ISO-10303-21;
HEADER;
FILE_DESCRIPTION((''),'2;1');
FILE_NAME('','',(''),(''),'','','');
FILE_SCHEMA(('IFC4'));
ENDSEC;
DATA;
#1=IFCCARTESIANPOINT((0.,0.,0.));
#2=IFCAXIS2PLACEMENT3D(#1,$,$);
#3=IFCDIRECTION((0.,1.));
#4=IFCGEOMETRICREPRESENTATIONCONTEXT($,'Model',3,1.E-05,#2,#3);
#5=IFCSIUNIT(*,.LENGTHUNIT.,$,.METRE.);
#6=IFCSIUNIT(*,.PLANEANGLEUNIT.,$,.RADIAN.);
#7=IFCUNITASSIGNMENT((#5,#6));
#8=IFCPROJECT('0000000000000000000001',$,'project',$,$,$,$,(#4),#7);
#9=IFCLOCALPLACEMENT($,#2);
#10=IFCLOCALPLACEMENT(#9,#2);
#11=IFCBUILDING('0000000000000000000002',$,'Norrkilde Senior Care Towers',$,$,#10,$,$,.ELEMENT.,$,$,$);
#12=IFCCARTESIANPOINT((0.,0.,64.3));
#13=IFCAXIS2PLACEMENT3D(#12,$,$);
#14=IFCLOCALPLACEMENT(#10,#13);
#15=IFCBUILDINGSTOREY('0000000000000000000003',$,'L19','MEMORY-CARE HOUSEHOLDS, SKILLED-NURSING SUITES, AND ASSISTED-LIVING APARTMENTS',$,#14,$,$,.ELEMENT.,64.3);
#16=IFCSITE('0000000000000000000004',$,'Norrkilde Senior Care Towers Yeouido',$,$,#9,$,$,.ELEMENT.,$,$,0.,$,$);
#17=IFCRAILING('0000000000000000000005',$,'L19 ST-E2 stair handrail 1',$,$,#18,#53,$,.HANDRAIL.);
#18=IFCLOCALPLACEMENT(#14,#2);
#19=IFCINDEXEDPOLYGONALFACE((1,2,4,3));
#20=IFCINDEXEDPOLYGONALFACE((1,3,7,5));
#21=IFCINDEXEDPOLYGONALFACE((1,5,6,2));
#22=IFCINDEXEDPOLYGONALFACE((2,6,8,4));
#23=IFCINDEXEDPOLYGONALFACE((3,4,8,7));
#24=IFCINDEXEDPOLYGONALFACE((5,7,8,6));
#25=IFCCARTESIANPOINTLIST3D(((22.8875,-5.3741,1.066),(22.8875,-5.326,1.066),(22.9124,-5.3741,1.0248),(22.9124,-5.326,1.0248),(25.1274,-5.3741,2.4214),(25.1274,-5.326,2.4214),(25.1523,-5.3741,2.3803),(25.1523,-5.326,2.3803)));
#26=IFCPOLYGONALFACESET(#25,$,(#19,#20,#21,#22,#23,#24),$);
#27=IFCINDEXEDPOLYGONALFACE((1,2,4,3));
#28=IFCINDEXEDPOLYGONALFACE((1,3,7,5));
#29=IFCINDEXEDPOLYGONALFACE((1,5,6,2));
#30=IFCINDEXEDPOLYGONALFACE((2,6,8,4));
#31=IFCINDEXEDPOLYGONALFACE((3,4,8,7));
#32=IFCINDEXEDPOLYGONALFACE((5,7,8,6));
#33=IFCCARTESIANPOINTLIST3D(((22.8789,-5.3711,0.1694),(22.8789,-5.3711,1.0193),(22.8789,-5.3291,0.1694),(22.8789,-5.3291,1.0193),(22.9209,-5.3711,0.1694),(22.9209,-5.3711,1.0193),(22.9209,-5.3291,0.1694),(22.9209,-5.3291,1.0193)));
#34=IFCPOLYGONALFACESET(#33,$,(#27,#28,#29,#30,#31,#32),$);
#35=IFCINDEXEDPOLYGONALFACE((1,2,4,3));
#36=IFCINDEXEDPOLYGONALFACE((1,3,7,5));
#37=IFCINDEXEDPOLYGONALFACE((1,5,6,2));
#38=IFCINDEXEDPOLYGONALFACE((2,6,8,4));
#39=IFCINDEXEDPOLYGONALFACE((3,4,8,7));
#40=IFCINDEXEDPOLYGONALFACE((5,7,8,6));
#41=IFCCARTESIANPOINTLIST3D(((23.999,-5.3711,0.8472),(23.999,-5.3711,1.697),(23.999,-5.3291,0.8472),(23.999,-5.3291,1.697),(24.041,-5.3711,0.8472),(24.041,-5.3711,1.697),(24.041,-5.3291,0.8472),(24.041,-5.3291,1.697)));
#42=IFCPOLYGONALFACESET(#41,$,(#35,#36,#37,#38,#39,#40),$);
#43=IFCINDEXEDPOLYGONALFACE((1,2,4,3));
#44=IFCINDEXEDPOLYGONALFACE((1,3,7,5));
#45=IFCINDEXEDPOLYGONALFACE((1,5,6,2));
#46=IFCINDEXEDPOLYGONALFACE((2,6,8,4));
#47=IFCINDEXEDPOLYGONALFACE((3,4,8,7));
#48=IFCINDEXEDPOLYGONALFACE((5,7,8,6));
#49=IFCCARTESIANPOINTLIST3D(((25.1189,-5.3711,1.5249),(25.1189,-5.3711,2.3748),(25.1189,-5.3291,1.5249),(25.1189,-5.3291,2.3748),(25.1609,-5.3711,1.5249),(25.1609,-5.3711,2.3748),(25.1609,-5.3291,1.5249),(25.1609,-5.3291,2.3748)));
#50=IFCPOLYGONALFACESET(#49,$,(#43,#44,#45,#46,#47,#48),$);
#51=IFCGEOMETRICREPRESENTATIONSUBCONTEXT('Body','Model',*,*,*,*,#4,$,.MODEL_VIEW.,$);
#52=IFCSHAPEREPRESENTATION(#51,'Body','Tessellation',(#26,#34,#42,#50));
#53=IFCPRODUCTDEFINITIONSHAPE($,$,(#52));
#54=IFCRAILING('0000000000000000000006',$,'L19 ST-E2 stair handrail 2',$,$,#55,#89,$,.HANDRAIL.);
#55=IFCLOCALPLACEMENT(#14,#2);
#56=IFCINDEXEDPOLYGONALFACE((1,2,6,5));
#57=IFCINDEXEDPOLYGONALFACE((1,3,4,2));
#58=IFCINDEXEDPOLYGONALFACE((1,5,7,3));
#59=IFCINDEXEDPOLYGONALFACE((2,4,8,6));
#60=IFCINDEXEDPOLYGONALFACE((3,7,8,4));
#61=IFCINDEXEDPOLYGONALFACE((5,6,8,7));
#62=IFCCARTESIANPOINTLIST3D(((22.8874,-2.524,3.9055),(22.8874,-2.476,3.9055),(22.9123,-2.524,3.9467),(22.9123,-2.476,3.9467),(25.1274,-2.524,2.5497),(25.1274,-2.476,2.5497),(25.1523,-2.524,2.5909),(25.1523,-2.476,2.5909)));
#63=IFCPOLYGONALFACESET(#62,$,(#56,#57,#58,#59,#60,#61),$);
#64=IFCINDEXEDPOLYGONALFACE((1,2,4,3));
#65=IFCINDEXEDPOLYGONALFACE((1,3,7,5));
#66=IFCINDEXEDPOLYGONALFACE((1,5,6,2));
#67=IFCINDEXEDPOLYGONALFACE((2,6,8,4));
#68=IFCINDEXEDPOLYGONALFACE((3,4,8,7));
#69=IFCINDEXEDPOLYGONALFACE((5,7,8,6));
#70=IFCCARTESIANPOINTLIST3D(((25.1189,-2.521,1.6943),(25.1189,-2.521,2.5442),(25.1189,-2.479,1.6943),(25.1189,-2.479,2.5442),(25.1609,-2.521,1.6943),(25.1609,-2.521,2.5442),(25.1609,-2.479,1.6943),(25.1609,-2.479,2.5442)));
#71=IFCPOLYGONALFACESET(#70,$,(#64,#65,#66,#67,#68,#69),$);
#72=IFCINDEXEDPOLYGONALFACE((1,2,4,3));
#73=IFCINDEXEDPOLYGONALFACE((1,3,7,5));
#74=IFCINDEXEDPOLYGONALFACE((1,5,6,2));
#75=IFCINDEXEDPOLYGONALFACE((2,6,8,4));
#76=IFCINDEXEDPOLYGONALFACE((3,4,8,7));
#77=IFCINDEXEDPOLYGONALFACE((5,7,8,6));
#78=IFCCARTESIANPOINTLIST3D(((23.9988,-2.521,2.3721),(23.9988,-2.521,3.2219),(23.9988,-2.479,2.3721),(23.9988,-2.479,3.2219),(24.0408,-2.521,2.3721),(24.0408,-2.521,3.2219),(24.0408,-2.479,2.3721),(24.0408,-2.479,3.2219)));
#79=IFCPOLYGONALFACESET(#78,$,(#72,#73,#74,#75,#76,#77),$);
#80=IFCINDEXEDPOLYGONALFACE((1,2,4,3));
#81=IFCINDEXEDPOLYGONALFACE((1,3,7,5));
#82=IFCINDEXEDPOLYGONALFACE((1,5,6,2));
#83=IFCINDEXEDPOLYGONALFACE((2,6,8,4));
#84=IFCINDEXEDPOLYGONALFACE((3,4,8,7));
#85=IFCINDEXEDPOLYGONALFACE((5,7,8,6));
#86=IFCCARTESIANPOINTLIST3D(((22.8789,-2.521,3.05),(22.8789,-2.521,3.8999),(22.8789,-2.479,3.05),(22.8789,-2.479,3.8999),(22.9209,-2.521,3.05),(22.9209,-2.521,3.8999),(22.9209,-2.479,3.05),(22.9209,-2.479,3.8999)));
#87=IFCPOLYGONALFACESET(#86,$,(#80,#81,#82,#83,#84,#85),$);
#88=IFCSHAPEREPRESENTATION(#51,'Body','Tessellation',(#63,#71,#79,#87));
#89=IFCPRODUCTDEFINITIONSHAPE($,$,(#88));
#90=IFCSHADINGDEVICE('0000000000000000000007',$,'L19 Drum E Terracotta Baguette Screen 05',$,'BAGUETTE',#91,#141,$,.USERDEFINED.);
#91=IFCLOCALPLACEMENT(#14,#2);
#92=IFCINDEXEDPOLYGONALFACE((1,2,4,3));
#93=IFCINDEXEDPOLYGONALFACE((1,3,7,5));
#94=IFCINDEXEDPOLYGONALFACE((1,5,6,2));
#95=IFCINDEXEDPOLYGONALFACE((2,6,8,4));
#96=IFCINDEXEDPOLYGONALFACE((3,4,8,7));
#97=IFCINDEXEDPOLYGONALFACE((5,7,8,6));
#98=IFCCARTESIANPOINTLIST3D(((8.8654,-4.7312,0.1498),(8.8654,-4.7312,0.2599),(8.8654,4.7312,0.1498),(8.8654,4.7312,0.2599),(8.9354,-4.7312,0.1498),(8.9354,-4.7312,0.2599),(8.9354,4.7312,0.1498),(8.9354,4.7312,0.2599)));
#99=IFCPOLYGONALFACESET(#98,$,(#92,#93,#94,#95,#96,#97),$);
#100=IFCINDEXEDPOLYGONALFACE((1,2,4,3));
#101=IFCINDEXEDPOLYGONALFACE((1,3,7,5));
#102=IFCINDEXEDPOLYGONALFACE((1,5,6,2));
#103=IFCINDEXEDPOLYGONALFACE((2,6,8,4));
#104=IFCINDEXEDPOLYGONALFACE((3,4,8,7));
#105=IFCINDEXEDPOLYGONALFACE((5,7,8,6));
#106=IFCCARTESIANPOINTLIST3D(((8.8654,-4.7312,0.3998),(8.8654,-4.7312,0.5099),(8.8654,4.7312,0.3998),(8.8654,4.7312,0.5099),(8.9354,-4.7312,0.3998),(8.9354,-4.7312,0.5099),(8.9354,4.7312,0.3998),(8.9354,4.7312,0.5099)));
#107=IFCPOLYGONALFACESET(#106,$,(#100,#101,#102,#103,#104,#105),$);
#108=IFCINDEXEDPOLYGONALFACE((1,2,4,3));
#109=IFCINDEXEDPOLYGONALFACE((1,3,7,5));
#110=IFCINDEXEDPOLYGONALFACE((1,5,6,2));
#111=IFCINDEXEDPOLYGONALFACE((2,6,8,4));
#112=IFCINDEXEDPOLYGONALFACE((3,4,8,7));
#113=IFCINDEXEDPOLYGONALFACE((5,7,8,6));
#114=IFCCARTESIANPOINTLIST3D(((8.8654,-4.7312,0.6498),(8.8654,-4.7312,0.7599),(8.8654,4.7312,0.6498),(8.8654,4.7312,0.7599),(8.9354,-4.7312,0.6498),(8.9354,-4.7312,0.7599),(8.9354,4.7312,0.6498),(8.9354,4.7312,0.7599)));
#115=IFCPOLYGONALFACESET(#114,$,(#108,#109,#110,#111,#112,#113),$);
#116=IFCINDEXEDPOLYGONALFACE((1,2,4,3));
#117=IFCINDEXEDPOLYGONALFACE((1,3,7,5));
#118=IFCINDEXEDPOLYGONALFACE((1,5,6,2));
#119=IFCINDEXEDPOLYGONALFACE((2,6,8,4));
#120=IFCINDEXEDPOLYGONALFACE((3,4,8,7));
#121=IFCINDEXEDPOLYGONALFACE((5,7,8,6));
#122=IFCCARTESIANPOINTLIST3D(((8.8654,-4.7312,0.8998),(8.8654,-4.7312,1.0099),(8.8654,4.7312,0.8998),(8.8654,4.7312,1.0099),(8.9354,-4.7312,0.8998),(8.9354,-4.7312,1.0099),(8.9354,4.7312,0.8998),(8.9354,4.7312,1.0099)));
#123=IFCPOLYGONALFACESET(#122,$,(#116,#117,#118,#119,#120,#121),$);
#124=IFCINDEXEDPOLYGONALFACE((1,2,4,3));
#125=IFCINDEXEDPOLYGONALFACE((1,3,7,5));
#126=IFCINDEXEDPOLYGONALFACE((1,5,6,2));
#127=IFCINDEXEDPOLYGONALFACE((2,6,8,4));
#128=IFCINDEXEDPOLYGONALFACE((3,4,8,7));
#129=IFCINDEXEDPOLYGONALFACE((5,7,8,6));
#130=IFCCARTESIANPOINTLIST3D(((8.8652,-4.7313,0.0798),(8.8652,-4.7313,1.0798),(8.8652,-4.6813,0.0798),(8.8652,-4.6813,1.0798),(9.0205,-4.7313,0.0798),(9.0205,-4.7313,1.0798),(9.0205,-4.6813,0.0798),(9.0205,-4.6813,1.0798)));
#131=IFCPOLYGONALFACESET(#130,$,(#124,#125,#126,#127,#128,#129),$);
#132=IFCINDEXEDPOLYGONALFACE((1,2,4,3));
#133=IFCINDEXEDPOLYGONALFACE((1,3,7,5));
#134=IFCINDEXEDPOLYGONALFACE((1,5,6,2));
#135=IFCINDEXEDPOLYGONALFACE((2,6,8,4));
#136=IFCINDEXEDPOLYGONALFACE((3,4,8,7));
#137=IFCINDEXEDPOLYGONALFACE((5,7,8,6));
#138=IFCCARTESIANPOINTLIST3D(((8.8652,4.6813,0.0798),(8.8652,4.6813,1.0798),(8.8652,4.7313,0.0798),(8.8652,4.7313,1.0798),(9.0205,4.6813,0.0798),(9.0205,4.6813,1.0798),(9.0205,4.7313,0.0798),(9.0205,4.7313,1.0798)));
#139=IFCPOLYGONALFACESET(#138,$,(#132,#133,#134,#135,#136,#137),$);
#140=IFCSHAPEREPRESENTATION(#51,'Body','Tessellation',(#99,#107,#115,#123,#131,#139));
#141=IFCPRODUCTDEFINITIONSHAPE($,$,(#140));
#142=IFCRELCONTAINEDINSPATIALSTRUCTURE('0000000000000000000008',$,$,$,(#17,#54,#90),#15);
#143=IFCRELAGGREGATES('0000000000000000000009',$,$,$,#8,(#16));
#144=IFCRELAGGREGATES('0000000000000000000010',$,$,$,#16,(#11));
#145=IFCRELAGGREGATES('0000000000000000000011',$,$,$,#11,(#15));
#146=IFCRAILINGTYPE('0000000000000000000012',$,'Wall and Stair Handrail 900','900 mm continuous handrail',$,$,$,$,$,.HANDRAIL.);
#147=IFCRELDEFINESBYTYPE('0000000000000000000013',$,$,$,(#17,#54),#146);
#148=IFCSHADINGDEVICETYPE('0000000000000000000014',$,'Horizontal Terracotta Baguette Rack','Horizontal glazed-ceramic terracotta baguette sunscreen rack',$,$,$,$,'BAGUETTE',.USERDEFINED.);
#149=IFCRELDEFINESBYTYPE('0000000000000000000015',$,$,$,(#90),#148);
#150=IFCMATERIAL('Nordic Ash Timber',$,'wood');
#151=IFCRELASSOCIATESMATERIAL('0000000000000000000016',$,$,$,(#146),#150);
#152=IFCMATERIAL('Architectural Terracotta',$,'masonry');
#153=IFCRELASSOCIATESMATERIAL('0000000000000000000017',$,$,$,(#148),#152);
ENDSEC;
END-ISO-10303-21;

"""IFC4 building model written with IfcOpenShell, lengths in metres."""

from ifc_helpers import new_model, si_unit, direction, frame, origin, origin_2d, place, context, subcontext, project, spatial, rectangle, extrude, source, transform, mapped, material, type_object, type_shapes, element, save


model = new_model("IFC4")

# Units and contexts
model_context = context("Model", 3, precision=1e-05, world=origin(), true_north=direction((0.0, 1.0)))
body_context = subcontext(model_context, "Body", "Model", "MODEL_VIEW")
ifc_project = project(units=[si_unit("LENGTHUNIT", "METRE"), si_unit("PLANEANGLEUNIT", "RADIAN")], contexts=[model_context])

# Site, building, storey
site_placement = place(None, origin())
site = spatial("IfcSite", under=ifc_project, at=site_placement, Name="Norrkilde Senior Care Towers Yeouido", CompositionType="ELEMENT", RefElevation=0.0)
building_placement = place(site_placement, origin())
building = spatial("IfcBuilding", under=site, at=building_placement, Name="Norrkilde Senior Care Towers", CompositionType="ELEMENT")
storey_placement = place(building_placement, frame((0.0, 0.0, 64.3)))
storey = spatial("IfcBuildingStorey", under=building, at=storey_placement, Name="L19", Description="MEMORY-CARE HOUSEHOLDS, SKILLED-NURSING SUITES, AND ASSISTED-LIVING APARTMENTS", CompositionType="ELEMENT", Elevation=64.3)

# Shared definitions
ifc_material_1 = material(Name="Nordic Ash Timber", Category="wood")

# Railings
railing_type_1 = type_object("IfcRailingType", Name="Wall and Stair Handrail 900", Description="900 mm continuous handrail", PredefinedType="HANDRAIL", material=ifc_material_1)
railing_1_placement = place(storey_placement, frame((22.8999, -5.3501, 0.1694)))
element("IfcRailing", 1, at=railing_1_placement, inside=storey, type_object=railing_type_1, Name="L19 ST-E2 stair handrail 1", PredefinedType="HANDRAIL", context=body_context, shape_type="SweptSolid", body=[
    extrude(rectangle(XDim=0.0481, YDim=0.0481, at=origin_2d()), frame((0.0, 0.0, 0.876), z_axis=(0.855553, 0.0, 0.517715), x_axis=(0.0, 1.0, 0.0)), (0.0, 0.0, 1.0), 2.6182),
    extrude(rectangle(XDim=0.042, YDim=0.042, at=origin_2d()), origin(), (0.0, 0.0, 1.0), 0.8499),
    extrude(rectangle(XDim=0.042, YDim=0.042, at=origin_2d()), frame((1.1201, 0.0, 0.6777)), (0.0, 0.0, 1.0), 0.8499),
    extrude(rectangle(XDim=0.042, YDim=0.042, at=origin_2d()), frame((2.24, 0.0, 1.3555)), (0.0, 0.0, 1.0), 0.8499),
])
railing_2_placement = place(storey_placement, frame((25.1399, -2.5, 1.6943)))
element("IfcRailing", 2, at=railing_2_placement, inside=storey, type_object=railing_type_1, Name="L19 ST-E2 stair handrail 2", PredefinedType="HANDRAIL", context=body_context, shape_type="SweptSolid", body=[
    extrude(rectangle(XDim=0.0481, YDim=0.0481, at=origin_2d()), frame((0.0, 0.0, 0.876), z_axis=(-0.855512, 0.0, 0.517783), x_axis=(0.0, -1.0, 0.0)), (0.0, 0.0, 1.0), 2.6184),
    extrude(rectangle(XDim=0.042, YDim=0.042, at=origin_2d()), origin(), (0.0, 0.0, 1.0), 0.8499),
    extrude(rectangle(XDim=0.042, YDim=0.042, at=origin_2d()), frame((-1.1201, 0.0, 0.6777)), (0.0, 0.0, 1.0), 0.8499),
    extrude(rectangle(XDim=0.042, YDim=0.042, at=origin_2d()), frame((-2.24, 0.0, 1.3557)), (0.0, 0.0, 1.0), 0.8499),
])

# Shading device
ifc_material_2 = material(Name="Architectural Terracotta", Category="masonry")
shading_device_type = type_object("IfcShadingDeviceType", Name="Horizontal Terracotta Baguette Rack", Description="Horizontal glazed-ceramic terracotta baguette sunscreen rack", ElementType="BAGUETTE", PredefinedType="USERDEFINED", material=ifc_material_2)
shared_shape_1 = source(origin(), body_context, "Body", "SweptSolid", [
    extrude(rectangle(XDim=0.0701, YDim=0.1101, at=origin_2d()), frame((0.0, 0.0901, 0.125), z_axis=(1.0, 0.0, 0.0), x_axis=(0.0, 1.0, 0.0)), (0.0, 0.0, 1.0), 9.4624),
    extrude(rectangle(XDim=0.0701, YDim=0.1101, at=origin_2d()), frame((0.0, 0.0901, 0.375), z_axis=(1.0, 0.0, 0.0), x_axis=(0.0, 1.0, 0.0)), (0.0, 0.0, 1.0), 9.4624),
    extrude(rectangle(XDim=0.0701, YDim=0.1101, at=origin_2d()), frame((0.0, 0.0901, 0.625), z_axis=(1.0, 0.0, 0.0), x_axis=(0.0, 1.0, 0.0)), (0.0, 0.0, 1.0), 9.4624),
    extrude(rectangle(XDim=0.0701, YDim=0.1101, at=origin_2d()), frame((0.0, 0.0901, 0.875), z_axis=(1.0, 0.0, 0.0), x_axis=(0.0, 1.0, 0.0)), (0.0, 0.0, 1.0), 9.4624),
    extrude(rectangle(XDim=0.05, YDim=0.1553, at=origin_2d()), frame((0.0249, 0.0476, 0.0)), (0.0, 0.0, 1.0), 1.0),
    extrude(rectangle(XDim=0.05, YDim=0.1553, at=origin_2d()), frame((9.4375, 0.0476, 0.0)), (0.0, 0.0, 1.0), 1.0),
])
type_shapes(shading_device_type, [shared_shape_1])
shading_device_placement = place(storey_placement, frame((8.9905, -4.7312, 0.0798), z_axis=(0.0, 0.0, 1.0), x_axis=(0.0, 1.0, 0.0)))
element("IfcShadingDevice", 3, at=shading_device_placement, inside=storey, type_object=shading_device_type, Name="L19 Drum E Terracotta Baguette Screen 05", ObjectType="BAGUETTE", PredefinedType="USERDEFINED", context=body_context, shape_type="MappedRepresentation", body=[
    mapped(shared_shape_1, transform((0.0, 0.0, 0.0), x_axis=(1.0, 0.0, 0.0), y_axis=(0.0, 1.0, 0.0), z_axis=(0.0, 0.0, 1.0), scale=1.0)),
])

save(model, "model.ifc")
